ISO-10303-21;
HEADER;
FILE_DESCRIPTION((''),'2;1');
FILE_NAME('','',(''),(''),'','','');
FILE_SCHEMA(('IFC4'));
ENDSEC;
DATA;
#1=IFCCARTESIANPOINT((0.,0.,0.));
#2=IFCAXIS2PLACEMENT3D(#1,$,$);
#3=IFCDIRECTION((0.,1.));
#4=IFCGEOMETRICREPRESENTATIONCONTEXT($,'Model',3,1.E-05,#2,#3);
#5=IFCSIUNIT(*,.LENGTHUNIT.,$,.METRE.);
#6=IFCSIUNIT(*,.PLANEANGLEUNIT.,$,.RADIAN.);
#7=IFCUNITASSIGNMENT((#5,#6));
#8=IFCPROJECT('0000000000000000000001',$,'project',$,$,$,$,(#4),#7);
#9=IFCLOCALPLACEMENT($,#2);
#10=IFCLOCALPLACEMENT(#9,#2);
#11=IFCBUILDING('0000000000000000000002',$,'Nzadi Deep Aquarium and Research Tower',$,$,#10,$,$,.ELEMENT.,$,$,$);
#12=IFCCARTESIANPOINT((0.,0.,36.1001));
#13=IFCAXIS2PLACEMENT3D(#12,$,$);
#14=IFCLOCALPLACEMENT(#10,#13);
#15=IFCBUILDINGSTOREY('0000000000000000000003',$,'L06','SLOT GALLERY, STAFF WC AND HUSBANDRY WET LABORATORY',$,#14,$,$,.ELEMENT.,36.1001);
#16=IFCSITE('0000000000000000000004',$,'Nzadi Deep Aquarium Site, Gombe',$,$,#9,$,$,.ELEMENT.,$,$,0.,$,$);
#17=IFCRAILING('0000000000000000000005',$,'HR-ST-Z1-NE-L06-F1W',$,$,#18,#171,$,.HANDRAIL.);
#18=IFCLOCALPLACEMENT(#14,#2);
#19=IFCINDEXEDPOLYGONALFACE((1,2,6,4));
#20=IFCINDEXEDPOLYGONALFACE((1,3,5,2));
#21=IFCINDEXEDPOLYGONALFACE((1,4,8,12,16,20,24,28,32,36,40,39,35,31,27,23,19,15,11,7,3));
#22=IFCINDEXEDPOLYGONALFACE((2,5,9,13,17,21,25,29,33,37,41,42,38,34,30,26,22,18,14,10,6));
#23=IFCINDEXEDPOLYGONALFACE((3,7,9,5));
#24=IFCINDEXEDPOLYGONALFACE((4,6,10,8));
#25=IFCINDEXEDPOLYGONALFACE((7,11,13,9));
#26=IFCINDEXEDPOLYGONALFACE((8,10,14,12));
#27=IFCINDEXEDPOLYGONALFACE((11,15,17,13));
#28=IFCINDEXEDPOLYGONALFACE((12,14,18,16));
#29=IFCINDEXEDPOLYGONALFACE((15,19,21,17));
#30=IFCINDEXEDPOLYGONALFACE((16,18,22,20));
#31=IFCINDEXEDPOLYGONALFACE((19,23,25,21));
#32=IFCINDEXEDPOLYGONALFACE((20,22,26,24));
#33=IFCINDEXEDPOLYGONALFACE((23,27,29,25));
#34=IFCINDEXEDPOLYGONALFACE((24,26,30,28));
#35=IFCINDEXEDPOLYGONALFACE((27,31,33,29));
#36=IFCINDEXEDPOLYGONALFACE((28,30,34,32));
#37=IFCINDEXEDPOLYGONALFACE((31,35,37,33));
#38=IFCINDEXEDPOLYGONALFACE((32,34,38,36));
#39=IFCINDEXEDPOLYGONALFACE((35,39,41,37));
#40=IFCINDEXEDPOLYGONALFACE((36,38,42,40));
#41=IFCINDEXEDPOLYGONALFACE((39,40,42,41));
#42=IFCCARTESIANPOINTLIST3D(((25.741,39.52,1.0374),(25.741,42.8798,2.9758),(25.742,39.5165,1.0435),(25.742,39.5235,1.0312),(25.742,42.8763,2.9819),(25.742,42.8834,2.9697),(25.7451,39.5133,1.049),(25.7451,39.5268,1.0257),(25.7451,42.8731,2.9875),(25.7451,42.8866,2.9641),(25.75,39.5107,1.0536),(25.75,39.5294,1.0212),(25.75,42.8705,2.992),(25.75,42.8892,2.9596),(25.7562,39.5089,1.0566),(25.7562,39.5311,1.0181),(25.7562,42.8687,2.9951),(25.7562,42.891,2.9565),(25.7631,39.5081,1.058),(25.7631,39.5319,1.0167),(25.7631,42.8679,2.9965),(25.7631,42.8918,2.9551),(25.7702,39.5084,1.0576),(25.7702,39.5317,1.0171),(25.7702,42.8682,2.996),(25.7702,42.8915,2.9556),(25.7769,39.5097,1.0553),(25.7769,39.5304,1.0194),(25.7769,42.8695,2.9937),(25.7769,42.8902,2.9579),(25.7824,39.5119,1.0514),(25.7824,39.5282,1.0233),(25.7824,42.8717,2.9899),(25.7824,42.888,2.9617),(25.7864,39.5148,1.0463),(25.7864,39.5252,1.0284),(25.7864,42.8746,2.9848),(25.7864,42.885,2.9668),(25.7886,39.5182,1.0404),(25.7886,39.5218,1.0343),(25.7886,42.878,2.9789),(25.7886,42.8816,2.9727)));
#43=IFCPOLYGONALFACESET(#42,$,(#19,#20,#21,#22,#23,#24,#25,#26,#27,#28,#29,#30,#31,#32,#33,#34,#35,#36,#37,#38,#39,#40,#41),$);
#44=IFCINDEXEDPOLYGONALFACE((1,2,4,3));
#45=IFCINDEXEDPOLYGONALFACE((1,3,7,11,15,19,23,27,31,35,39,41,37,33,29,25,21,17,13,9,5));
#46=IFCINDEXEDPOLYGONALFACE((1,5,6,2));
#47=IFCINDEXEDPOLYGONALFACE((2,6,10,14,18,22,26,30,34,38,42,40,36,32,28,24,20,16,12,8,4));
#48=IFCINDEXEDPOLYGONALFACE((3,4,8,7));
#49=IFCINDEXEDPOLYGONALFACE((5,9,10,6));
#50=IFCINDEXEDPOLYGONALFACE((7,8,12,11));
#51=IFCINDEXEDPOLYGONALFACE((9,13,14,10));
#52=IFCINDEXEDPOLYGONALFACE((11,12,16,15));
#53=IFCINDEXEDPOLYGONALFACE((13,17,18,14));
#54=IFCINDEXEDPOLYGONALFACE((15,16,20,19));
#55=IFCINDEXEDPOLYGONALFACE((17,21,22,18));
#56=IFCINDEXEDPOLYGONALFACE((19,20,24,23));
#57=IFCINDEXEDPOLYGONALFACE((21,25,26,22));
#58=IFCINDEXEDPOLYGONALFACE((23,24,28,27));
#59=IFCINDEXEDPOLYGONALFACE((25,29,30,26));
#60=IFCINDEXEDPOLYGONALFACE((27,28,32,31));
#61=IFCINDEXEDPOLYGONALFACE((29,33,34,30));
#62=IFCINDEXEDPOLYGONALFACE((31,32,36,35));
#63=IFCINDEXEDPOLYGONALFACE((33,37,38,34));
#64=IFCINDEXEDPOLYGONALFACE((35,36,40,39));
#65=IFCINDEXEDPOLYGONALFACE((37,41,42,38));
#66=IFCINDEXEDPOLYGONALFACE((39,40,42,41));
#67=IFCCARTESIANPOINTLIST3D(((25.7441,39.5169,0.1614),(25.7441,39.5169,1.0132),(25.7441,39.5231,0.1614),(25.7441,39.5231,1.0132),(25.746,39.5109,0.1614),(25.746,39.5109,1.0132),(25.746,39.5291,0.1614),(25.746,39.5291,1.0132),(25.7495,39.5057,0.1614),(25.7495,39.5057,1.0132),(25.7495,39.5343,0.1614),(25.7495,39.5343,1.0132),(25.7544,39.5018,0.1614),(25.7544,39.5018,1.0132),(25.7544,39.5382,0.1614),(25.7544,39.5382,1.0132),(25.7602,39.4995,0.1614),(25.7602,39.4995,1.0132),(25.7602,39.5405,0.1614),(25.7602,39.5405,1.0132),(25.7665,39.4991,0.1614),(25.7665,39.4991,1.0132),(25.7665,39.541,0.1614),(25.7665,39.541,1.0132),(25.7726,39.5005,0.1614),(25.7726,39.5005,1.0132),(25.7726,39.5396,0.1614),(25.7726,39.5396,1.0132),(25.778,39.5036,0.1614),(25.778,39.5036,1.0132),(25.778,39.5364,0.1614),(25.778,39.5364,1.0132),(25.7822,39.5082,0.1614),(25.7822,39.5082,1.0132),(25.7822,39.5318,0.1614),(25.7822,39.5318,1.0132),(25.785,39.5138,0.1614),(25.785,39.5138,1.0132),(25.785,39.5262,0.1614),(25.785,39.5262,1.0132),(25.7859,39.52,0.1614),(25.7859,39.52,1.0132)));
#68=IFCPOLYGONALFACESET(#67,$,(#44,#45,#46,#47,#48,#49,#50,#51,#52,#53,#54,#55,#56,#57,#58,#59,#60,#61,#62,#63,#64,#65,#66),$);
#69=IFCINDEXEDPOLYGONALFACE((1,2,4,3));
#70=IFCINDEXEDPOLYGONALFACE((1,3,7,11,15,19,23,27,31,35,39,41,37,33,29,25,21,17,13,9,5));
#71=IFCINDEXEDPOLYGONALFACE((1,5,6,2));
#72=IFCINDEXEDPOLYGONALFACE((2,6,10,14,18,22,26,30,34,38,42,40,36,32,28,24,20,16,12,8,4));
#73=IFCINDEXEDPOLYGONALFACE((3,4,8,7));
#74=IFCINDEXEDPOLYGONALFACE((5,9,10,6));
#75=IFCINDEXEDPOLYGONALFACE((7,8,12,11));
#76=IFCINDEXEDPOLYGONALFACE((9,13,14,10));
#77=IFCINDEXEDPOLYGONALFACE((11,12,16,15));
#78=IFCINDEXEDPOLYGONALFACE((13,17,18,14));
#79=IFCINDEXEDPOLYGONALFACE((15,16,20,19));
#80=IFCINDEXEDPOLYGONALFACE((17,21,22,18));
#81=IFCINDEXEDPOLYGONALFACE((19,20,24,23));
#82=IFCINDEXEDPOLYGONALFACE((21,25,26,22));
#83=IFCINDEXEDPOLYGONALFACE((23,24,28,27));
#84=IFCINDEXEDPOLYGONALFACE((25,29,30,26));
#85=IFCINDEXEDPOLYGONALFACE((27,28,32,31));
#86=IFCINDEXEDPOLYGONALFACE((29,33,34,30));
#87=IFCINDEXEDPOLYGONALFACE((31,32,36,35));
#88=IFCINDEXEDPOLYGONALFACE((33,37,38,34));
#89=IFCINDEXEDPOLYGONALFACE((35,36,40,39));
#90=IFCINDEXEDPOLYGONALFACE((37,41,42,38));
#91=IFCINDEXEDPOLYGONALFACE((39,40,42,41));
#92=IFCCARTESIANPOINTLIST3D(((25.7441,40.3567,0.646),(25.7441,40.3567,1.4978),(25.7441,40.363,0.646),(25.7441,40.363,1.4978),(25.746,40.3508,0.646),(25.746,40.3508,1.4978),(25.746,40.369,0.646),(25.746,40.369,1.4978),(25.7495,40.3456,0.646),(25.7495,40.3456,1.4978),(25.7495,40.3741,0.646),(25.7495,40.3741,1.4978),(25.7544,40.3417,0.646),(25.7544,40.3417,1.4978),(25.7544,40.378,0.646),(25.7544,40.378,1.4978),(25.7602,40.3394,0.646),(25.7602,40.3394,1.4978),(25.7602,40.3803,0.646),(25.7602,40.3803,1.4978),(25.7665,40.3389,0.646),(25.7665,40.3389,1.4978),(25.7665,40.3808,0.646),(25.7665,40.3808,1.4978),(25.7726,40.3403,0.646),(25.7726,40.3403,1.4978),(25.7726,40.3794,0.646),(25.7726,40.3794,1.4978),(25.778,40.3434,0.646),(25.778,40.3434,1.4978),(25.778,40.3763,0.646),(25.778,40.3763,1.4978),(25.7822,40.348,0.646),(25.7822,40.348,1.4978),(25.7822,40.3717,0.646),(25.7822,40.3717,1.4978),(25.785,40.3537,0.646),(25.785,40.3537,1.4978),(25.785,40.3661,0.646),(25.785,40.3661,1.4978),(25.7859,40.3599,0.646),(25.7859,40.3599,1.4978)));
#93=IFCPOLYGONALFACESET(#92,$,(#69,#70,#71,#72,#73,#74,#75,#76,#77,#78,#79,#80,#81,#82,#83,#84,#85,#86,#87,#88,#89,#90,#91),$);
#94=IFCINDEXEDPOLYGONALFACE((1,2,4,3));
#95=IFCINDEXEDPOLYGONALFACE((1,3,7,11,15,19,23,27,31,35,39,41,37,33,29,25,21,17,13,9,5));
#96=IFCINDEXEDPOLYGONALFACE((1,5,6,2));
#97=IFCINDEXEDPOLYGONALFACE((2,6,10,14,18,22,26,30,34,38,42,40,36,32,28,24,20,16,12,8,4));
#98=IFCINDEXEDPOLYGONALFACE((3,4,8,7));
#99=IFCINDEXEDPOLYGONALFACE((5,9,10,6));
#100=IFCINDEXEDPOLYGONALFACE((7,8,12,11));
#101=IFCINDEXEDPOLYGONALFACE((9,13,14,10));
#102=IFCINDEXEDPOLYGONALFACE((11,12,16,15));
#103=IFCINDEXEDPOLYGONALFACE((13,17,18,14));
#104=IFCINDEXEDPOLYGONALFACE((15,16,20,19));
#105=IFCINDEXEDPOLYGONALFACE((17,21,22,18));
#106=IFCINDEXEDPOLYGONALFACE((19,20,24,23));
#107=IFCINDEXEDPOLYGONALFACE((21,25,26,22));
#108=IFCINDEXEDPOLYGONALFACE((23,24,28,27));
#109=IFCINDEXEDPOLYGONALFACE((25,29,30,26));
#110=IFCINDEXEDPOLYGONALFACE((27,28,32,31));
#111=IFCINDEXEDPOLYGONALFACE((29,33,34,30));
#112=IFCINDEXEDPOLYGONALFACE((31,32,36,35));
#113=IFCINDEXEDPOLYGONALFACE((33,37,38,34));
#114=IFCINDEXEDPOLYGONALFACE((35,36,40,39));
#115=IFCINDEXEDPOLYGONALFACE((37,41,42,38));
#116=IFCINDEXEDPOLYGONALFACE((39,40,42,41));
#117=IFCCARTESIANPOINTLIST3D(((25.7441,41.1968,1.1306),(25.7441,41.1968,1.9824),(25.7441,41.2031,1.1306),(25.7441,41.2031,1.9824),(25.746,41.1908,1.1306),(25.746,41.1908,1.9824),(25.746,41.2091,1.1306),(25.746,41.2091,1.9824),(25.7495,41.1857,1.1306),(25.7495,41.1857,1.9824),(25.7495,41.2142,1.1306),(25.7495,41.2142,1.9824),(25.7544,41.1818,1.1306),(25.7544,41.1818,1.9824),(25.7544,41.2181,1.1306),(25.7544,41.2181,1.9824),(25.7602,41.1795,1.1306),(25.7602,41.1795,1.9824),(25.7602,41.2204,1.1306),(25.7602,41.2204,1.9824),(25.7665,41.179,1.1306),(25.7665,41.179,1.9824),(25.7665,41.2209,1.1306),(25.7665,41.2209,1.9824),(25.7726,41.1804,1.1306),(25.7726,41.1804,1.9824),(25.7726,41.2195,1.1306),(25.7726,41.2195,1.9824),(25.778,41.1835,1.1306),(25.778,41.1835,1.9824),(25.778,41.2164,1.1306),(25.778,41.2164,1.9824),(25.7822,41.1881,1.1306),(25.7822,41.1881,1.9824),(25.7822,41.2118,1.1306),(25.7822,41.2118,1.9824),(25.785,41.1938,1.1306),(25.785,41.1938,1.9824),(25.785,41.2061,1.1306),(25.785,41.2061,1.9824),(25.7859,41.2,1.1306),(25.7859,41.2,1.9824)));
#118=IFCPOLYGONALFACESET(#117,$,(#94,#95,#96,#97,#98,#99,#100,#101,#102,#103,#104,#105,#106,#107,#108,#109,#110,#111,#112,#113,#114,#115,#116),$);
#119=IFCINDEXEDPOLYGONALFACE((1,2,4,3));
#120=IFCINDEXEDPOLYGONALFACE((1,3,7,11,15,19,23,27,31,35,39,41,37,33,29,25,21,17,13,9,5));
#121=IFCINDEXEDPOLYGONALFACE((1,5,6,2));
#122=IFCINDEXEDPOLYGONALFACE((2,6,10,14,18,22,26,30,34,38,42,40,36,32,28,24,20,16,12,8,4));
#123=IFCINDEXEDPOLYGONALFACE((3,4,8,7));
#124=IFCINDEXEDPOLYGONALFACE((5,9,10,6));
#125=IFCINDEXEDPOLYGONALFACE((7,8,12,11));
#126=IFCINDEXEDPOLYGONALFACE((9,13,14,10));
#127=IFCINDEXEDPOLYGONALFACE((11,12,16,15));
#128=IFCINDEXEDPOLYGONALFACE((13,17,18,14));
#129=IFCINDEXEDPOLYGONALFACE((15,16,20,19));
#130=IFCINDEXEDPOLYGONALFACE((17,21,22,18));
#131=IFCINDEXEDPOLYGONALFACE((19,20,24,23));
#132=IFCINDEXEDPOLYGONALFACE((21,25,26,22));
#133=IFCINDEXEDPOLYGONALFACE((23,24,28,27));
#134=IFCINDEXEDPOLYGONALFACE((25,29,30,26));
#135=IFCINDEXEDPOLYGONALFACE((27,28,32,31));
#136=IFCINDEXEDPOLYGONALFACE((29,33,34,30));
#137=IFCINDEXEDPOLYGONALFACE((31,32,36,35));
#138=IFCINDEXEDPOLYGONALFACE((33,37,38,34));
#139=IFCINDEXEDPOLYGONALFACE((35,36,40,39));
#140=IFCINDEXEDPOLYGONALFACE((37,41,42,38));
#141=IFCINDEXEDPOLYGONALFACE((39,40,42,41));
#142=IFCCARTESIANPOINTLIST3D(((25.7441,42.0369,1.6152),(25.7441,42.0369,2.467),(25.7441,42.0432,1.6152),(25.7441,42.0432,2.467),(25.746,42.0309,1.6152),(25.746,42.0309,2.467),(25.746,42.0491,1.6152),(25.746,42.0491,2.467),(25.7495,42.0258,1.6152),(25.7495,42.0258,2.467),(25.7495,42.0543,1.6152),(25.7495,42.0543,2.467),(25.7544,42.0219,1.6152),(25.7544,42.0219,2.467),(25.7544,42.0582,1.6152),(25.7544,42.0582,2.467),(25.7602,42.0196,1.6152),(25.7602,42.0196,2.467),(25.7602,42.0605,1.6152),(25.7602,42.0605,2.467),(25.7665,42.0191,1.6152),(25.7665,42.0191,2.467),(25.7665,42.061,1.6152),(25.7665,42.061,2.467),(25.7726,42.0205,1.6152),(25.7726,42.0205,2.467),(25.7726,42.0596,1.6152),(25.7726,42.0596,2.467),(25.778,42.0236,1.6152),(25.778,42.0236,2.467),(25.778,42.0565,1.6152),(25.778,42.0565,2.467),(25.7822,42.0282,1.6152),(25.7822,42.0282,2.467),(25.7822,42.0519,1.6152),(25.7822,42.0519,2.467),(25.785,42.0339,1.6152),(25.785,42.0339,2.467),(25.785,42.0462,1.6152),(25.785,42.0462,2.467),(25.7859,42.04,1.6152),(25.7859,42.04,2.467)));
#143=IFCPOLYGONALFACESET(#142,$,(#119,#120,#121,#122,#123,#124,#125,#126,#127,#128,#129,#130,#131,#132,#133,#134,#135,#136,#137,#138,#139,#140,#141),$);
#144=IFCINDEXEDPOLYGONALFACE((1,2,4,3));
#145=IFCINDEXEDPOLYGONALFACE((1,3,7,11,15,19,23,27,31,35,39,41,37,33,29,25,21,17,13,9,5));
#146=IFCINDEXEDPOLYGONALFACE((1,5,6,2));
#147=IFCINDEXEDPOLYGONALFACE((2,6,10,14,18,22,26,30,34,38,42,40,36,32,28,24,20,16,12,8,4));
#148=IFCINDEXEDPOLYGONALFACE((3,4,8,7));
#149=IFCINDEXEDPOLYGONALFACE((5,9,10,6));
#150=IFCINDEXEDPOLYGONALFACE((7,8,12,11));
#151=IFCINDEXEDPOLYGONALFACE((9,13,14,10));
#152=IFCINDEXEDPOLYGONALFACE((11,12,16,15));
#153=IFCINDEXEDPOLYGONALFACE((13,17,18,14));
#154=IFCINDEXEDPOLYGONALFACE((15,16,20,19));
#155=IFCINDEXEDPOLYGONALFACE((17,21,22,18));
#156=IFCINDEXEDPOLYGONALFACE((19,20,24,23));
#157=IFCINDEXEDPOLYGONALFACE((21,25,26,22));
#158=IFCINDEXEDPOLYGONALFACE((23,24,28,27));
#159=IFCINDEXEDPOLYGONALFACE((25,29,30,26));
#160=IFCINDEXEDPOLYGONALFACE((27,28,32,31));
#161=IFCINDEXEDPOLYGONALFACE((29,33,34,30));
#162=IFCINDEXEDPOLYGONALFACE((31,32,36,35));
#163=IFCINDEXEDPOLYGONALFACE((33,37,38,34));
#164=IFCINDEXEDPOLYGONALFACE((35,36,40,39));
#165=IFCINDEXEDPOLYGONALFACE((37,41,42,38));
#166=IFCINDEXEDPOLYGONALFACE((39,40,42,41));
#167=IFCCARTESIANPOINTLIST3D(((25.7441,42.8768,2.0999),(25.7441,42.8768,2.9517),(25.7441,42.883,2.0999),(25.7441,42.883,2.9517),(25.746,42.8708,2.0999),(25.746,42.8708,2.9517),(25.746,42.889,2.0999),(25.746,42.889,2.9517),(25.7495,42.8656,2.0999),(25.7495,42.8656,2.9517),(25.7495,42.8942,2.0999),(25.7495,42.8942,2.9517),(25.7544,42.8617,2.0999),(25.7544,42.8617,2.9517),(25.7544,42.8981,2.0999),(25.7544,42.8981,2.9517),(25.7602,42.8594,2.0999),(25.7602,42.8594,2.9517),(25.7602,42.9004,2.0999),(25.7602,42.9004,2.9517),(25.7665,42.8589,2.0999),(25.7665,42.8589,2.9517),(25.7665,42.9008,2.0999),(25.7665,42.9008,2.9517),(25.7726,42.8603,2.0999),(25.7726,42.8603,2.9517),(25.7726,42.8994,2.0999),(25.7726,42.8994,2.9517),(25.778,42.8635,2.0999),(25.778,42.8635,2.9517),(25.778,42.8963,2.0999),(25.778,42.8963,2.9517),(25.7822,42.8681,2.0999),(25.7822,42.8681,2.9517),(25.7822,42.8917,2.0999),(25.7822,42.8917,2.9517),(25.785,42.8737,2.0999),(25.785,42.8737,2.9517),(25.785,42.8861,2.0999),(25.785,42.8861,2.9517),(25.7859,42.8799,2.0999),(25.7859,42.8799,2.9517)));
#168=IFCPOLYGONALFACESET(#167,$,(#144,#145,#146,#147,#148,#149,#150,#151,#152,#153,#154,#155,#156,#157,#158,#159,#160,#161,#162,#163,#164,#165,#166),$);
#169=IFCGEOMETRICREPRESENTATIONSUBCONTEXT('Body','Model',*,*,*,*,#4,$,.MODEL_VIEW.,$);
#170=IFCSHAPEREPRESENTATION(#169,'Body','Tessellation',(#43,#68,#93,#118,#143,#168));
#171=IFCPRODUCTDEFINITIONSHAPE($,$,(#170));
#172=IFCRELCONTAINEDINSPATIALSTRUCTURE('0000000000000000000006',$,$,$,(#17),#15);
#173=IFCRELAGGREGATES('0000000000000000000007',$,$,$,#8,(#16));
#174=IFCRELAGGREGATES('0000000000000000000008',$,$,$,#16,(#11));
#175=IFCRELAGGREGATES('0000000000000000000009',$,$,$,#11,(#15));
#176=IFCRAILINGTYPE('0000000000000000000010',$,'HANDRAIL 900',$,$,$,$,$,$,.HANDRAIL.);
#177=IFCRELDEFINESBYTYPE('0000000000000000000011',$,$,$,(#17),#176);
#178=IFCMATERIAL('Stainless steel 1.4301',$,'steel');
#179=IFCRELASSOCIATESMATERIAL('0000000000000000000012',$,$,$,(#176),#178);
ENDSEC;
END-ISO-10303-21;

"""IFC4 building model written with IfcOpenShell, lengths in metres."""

from ifc_helpers import new_model, si_unit, direction, frame, origin, origin_2d, place, context, subcontext, project, spatial, circle, extrude, material, type_object, element, save


model = new_model("IFC4")

# Units and contexts
model_context = context("Model", 3, precision=1e-05, world=origin(), true_north=direction((0.0, 1.0)))
body_context = subcontext(model_context, "Body", "Model", "MODEL_VIEW")
ifc_project = project(units=[si_unit("LENGTHUNIT", "METRE"), si_unit("PLANEANGLEUNIT", "RADIAN")], contexts=[model_context])

# Site, building, storey
site_placement = place(None, origin())
site = spatial("IfcSite", under=ifc_project, at=site_placement, Name="Nzadi Deep Aquarium Site, Gombe", CompositionType="ELEMENT", RefElevation=0.0)
building_placement = place(site_placement, origin())
building = spatial("IfcBuilding", under=site, at=building_placement, Name="Nzadi Deep Aquarium and Research Tower", CompositionType="ELEMENT")
storey_placement = place(building_placement, frame((0.0, 0.0, 36.1001)))
storey = spatial("IfcBuildingStorey", under=building, at=storey_placement, Name="L06", Description="SLOT GALLERY, STAFF WC AND HUSBANDRY WET LABORATORY", CompositionType="ELEMENT", Elevation=36.1001)

# Railing
ifc_material_1 = material(Name="Stainless steel 1.4301", Category="steel")
railing_type = type_object("IfcRailingType", Name="HANDRAIL 900", PredefinedType="HANDRAIL", material=ifc_material_1)
for number, where, name in (
    (1, (25.7649, 39.52, 0.1614), "HR-ST-Z1-NE-L06-F1W"),
):
    element("IfcRailing", number, at=place(storey_placement, frame(where)), inside=storey, type_object=railing_type, Name=name, PredefinedType="HANDRAIL", context=body_context, shape_type="SweptSolid", body=[
        extrude(circle(Radius=0.0239, at=origin_2d()), frame((0.0, 0.0, 0.876), z_axis=(0.0, 0.866175, 0.499741), x_axis=(-1.0, 0.0, 0.0)), (0.0, 0.0, 1.0), 3.8789),
        extrude(circle(Radius=0.021, at=origin_2d()), origin(), (0.0, 0.0, 1.0), 0.8518),
        extrude(circle(Radius=0.021, at=origin_2d()), frame((0.0, 0.8398, 0.4846)), (0.0, 0.0, 1.0), 0.8518),
        extrude(circle(Radius=0.021, at=origin_2d()), frame((0.0, 1.6799, 0.9692)), (0.0, 0.0, 1.0), 0.8518),
        extrude(circle(Radius=0.021, at=origin_2d()), frame((0.0, 2.52, 1.4539)), (0.0, 0.0, 1.0), 0.8518),
        extrude(circle(Radius=0.021, at=origin_2d()), frame((0.0, 3.3599, 1.9385)), (0.0, 0.0, 1.0), 0.8518),
    ])

save(model, "model.ifc")
